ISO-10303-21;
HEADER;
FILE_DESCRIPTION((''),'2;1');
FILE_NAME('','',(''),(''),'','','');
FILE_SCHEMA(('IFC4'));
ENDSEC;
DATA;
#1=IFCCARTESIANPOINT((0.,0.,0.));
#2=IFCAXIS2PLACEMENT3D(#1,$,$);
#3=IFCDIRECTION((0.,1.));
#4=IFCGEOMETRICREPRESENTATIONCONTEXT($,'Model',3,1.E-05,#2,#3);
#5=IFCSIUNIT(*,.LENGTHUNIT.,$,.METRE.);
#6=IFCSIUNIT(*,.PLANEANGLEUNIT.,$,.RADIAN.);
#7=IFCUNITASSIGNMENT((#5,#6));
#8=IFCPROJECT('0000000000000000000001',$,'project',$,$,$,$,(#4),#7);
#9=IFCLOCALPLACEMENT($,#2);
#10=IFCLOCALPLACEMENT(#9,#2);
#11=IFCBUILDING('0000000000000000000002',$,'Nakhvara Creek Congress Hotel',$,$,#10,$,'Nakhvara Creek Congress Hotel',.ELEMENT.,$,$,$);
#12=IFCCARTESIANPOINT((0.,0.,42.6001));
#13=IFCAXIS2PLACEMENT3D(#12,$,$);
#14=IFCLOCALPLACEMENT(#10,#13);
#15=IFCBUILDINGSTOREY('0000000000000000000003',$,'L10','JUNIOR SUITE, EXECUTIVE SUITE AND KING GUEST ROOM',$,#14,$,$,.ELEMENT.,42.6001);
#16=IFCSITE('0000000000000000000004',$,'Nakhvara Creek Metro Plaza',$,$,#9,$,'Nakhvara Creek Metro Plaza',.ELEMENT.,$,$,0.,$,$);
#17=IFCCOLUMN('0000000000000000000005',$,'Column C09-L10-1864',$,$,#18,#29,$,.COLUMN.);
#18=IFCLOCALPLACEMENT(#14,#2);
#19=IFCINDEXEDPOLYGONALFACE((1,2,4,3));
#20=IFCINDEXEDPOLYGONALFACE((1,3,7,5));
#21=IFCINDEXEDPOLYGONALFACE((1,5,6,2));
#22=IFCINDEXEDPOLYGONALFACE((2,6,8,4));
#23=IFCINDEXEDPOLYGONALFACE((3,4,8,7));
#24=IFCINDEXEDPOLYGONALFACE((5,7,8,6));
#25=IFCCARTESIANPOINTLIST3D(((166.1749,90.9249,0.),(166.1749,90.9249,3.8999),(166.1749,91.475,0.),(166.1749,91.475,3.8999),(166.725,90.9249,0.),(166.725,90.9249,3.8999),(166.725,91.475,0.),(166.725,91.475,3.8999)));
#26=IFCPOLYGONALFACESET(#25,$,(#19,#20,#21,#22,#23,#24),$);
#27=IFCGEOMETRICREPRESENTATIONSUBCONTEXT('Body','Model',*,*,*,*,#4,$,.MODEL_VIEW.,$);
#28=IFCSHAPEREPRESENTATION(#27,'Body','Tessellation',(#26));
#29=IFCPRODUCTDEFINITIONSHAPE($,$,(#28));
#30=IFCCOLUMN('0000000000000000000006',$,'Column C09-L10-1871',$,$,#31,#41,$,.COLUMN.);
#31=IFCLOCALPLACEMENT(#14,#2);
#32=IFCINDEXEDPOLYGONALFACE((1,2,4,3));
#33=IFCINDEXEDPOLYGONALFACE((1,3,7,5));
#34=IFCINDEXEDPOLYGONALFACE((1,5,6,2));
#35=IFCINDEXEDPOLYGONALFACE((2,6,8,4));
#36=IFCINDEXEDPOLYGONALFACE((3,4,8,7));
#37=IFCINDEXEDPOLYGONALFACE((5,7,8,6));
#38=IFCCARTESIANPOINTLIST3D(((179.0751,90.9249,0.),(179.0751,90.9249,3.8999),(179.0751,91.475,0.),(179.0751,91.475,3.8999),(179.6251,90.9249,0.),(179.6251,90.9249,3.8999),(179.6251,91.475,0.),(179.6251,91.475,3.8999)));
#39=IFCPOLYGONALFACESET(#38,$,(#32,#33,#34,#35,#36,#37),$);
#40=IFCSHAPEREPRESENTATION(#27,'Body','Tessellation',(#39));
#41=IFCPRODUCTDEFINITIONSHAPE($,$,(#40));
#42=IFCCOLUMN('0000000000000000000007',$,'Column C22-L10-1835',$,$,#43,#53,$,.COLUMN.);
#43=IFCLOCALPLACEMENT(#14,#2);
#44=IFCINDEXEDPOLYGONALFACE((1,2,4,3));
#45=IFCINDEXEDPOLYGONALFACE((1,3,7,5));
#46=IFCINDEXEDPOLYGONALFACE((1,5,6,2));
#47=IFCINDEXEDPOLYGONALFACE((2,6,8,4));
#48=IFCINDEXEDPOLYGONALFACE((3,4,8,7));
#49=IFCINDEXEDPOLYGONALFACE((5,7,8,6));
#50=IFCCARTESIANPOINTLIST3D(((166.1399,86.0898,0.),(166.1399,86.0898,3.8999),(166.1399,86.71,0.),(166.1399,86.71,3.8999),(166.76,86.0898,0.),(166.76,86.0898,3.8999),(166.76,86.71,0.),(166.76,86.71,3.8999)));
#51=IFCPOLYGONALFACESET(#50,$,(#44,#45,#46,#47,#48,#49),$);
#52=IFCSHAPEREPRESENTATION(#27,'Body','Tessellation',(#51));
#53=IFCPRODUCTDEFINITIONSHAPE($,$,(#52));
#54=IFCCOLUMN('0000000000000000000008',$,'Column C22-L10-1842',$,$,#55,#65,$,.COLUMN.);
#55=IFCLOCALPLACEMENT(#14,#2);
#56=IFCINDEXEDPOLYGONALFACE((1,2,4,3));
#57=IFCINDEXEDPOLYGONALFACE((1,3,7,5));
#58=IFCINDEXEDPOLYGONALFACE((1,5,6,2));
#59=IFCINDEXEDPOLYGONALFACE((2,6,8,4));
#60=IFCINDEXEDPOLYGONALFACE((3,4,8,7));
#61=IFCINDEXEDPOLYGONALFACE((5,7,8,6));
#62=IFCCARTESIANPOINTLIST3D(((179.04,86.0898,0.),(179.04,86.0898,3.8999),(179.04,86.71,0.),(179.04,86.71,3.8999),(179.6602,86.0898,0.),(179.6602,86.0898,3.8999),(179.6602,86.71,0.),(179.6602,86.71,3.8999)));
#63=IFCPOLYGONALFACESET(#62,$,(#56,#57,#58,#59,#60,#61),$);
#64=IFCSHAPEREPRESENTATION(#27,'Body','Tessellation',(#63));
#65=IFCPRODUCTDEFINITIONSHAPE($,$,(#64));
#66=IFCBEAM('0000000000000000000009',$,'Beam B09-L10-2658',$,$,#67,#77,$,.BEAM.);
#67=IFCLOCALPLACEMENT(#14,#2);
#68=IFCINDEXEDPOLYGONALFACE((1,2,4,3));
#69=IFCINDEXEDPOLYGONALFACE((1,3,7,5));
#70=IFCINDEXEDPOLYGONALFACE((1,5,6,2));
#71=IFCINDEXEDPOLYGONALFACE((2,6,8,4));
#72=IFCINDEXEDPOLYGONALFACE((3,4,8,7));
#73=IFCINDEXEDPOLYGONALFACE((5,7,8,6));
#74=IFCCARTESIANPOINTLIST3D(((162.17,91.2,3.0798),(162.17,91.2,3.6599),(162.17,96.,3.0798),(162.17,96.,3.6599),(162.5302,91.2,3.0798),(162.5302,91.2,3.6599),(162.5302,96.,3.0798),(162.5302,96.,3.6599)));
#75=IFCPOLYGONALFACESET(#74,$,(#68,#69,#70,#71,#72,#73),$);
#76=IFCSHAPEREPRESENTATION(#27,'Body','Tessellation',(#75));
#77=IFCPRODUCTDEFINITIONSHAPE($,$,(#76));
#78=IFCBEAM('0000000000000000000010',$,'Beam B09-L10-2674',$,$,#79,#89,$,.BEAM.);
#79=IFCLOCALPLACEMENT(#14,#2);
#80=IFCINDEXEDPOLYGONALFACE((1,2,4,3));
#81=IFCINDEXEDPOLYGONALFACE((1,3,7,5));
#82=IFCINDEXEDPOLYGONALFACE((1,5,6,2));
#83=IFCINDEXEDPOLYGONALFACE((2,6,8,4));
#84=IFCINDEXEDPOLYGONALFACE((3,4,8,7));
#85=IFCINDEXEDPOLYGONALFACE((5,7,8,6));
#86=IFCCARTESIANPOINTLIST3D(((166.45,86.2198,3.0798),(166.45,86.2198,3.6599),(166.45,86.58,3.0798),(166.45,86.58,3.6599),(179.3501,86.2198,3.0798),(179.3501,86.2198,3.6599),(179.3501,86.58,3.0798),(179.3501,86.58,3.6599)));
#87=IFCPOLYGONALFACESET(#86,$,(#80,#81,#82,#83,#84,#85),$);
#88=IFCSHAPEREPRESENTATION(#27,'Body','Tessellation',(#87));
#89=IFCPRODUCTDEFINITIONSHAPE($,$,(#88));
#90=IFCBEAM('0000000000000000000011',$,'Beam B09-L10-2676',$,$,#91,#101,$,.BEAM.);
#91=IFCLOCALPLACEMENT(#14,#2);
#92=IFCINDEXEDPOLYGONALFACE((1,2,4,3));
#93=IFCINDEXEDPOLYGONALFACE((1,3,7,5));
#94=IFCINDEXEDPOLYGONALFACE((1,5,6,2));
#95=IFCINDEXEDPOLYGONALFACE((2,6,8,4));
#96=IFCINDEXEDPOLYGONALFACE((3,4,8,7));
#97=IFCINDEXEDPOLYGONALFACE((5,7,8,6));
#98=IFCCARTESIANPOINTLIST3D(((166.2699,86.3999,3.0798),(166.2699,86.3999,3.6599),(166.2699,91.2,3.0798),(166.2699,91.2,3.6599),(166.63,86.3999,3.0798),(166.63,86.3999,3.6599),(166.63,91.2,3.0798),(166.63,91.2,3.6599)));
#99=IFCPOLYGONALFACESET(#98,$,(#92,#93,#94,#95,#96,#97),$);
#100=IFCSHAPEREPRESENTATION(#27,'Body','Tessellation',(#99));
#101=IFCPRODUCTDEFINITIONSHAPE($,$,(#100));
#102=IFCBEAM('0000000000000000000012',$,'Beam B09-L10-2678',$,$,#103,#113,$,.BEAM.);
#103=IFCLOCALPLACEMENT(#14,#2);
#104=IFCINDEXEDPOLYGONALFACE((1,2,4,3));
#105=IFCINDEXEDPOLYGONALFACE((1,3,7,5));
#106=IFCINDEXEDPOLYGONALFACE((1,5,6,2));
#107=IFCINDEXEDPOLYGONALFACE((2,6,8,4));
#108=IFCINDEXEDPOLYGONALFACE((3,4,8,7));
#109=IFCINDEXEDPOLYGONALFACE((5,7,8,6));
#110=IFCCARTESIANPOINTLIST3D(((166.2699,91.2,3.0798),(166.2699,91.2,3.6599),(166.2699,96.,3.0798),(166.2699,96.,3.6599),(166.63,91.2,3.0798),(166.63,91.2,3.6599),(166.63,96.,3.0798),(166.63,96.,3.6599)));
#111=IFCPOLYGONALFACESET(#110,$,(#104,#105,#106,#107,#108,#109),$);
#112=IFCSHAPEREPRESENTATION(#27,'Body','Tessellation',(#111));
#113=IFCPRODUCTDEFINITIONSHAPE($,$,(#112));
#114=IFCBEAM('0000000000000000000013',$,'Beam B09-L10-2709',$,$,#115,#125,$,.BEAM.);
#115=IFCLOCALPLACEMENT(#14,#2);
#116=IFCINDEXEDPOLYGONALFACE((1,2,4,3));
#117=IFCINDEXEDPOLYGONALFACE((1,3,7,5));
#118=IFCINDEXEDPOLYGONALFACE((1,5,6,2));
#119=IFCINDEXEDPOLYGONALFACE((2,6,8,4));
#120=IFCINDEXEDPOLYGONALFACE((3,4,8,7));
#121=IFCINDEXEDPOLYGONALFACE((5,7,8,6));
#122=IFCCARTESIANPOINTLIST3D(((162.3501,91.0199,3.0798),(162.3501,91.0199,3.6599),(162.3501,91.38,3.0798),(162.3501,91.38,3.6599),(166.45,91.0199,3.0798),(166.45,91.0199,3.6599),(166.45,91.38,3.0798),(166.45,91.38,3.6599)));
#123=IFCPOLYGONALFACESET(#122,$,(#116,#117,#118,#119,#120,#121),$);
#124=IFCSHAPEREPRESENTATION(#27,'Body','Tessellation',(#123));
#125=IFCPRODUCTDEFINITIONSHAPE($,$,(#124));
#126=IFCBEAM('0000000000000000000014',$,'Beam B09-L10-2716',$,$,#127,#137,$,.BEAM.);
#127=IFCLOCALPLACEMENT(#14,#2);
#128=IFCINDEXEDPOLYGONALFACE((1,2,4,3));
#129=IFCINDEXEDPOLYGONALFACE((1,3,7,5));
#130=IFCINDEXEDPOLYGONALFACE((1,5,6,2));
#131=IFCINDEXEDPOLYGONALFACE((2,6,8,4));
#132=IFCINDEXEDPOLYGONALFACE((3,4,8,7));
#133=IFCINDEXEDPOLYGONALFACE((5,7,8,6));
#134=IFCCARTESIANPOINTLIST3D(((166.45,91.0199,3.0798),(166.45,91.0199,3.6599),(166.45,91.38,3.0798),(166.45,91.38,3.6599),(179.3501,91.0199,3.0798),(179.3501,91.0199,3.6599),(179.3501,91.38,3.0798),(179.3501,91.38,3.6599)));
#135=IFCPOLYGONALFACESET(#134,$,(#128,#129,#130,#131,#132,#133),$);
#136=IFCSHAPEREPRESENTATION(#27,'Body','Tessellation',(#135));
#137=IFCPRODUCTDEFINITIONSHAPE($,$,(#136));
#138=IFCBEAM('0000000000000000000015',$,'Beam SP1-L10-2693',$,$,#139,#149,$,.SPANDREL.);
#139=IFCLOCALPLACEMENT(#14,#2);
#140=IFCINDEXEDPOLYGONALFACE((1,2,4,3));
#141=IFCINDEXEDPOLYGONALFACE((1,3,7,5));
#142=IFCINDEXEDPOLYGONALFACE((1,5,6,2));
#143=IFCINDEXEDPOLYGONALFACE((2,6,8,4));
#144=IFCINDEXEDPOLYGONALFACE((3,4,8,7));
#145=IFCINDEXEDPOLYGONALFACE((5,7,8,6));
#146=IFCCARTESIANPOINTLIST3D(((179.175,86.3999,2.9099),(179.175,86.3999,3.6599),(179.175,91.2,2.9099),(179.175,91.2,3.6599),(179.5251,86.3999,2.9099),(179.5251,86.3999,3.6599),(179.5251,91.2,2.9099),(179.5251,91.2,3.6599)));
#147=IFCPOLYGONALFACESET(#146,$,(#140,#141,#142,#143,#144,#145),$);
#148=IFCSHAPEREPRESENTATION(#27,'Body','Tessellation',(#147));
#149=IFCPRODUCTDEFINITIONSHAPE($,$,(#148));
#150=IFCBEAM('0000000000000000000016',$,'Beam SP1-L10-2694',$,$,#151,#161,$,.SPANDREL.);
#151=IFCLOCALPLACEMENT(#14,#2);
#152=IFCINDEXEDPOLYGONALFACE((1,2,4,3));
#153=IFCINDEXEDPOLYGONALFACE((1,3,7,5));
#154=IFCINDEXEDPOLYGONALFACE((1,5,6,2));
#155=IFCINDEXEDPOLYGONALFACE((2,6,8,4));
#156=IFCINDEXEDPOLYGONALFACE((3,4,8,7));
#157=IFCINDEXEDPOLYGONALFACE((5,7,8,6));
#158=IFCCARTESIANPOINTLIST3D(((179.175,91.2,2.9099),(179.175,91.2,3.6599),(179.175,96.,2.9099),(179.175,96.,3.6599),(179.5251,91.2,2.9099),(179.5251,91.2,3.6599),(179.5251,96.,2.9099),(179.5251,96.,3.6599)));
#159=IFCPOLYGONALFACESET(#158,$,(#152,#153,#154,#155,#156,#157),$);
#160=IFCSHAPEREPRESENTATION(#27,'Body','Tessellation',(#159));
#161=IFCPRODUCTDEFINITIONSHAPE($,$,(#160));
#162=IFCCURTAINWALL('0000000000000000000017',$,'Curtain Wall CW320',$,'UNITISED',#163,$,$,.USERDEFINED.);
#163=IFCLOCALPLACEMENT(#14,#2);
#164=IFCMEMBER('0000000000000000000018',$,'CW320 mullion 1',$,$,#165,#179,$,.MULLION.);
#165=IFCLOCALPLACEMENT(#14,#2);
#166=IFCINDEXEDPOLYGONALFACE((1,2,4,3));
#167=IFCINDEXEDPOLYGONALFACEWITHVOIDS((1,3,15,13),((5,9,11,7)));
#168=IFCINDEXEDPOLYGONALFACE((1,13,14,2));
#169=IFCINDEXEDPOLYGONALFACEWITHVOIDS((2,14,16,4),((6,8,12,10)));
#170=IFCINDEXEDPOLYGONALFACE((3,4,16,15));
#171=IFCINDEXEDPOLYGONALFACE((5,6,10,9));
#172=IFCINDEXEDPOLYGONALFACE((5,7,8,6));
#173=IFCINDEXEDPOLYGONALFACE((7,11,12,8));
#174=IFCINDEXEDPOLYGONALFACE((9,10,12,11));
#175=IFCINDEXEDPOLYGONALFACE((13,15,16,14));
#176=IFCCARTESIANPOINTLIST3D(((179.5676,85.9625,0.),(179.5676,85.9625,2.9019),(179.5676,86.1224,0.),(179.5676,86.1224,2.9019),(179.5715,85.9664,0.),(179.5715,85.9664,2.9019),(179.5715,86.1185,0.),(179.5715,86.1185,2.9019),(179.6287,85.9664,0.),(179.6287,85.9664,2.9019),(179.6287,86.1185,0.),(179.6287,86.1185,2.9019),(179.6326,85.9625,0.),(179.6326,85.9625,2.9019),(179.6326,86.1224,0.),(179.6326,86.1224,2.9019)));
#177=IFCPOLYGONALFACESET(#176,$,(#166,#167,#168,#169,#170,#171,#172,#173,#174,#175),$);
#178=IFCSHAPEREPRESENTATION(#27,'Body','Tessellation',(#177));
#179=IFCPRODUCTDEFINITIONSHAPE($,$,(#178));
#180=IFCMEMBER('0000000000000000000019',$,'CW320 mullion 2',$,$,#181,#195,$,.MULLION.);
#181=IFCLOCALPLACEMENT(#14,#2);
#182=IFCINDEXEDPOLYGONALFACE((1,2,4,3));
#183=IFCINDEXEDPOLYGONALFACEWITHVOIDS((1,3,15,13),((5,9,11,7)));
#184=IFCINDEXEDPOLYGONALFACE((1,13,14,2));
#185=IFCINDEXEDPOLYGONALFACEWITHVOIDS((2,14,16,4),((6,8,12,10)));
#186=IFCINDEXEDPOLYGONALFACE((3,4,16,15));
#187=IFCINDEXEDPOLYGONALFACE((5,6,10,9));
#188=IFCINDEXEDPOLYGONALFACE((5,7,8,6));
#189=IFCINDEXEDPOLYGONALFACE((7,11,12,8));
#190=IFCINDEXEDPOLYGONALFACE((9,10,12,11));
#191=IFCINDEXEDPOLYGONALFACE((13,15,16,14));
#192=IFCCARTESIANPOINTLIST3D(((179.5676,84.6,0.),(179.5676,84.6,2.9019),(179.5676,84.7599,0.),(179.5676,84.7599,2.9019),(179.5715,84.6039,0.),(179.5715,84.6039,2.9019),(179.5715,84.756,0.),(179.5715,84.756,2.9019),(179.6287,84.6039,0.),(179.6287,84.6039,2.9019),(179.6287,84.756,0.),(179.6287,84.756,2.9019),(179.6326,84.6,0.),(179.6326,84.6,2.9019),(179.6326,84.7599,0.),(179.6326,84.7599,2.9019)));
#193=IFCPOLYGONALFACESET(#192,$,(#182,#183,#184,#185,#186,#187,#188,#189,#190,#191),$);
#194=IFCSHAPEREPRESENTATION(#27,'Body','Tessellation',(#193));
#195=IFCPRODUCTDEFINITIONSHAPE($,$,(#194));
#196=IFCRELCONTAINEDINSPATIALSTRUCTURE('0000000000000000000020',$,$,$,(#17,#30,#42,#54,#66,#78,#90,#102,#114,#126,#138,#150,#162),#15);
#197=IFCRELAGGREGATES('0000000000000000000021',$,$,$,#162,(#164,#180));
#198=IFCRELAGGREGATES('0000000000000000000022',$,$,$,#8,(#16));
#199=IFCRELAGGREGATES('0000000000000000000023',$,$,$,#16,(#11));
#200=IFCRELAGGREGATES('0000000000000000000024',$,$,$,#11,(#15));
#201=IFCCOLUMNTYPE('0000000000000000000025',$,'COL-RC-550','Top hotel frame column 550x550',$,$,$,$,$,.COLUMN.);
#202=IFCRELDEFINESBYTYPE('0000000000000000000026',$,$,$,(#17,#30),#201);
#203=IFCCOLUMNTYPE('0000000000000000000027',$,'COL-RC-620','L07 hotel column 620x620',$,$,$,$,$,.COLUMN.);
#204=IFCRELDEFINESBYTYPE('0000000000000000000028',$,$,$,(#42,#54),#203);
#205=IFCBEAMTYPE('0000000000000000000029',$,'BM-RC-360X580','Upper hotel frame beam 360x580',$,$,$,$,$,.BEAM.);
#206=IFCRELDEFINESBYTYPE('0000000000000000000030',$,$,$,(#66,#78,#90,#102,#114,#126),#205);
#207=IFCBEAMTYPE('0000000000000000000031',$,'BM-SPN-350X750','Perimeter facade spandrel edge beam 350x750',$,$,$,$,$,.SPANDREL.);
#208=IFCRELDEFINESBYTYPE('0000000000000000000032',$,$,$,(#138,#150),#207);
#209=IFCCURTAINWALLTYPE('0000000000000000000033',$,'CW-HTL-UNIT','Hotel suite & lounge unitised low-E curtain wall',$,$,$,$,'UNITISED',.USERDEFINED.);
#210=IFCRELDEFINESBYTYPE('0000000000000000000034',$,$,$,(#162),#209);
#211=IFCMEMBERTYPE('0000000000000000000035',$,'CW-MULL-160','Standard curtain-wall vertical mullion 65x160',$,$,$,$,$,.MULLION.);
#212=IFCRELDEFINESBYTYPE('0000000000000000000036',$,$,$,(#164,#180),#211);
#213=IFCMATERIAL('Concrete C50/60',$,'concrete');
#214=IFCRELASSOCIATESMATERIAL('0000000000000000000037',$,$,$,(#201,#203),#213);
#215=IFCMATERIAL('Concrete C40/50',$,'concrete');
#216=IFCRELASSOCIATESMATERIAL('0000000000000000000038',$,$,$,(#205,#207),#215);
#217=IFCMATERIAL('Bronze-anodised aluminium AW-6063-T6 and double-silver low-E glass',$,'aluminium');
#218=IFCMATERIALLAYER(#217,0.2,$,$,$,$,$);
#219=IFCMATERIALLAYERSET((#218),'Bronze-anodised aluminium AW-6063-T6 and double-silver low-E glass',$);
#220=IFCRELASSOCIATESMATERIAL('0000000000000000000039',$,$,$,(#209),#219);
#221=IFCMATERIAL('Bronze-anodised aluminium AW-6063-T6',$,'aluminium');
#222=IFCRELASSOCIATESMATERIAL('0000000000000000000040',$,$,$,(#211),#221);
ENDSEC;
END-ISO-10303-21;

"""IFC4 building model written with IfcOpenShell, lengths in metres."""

from ifc_helpers import new_model, si_unit, direction, frame, origin, origin_2d, place, context, subcontext, project, spatial, rectangle, hollow_rectangle, extrude, material, layer, layer_set, material_profile, profile_set, type_object, element, aggregate, save


model = new_model("IFC4")

# Units and contexts
model_context = context("Model", 3, precision=1e-05, world=origin(), true_north=direction((0.0, 1.0)))
body_context = subcontext(model_context, "Body", "Model", "MODEL_VIEW")
ifc_project = project(units=[si_unit("LENGTHUNIT", "METRE"), si_unit("PLANEANGLEUNIT", "RADIAN")], contexts=[model_context])

# Site, building, storey
site_placement = place(None, origin())
site = spatial("IfcSite", under=ifc_project, at=site_placement, Name="Nakhvara Creek Metro Plaza", LongName="Nakhvara Creek Metro Plaza", CompositionType="ELEMENT", RefElevation=0.0)
building_placement = place(site_placement, origin())
building = spatial("IfcBuilding", under=site, at=building_placement, Name="Nakhvara Creek Congress Hotel", LongName="Nakhvara Creek Congress Hotel", CompositionType="ELEMENT")
storey_placement = place(building_placement, frame((0.0, 0.0, 42.6001)))
storey = spatial("IfcBuildingStorey", under=building, at=storey_placement, Name="L10", Description="JUNIOR SUITE, EXECUTIVE SUITE AND KING GUEST ROOM", CompositionType="ELEMENT", Elevation=42.6001)

# Columns
ifc_material_1 = material(Name="Concrete C50/60", Category="concrete")
ifc_material_profile_1 = material_profile(ifc_material_1, rectangle(XDim=0.55, YDim=0.55, at=origin_2d()), Name="RC-COL 550x550", Category="LoadBearing")
ifc_profile_set_1 = profile_set([ifc_material_profile_1], Name="Concrete C50/60")
column_type_1 = type_object("IfcColumnType", Name="COL-RC-550", Description="Top hotel frame column 550x550", PredefinedType="COLUMN", material=ifc_profile_set_1)
for number, where, z_axis, x_axis, name in (
    (1, (166.45, 91.2, 0.0), (0.0, 0.0, 1.0), (1.0, 0.0, 0.0), "Column C09-L10-1864"),
    (2, (179.3501, 91.2, 0.0), (0.0, 0.0, 1.0), (1.0, 0.0, 0.0), "Column C09-L10-1871"),
):
    element("IfcColumn", number, at=place(storey_placement, frame(where, z_axis=z_axis, x_axis=x_axis)), inside=storey, type_object=column_type_1, Name=name, PredefinedType="COLUMN", context=body_context, shape_type="SweptSolid", body=[
        extrude(rectangle(XDim=0.55, YDim=0.55, at=origin_2d()), origin(), (0.0, 0.0, 1.0), 3.8999),
    ])
ifc_material_profile_2 = material_profile(ifc_material_1, rectangle(XDim=0.6201, YDim=0.6201, at=origin_2d()), Name="RC-COL 620x620", Category="LoadBearing")
ifc_profile_set_2 = profile_set([ifc_material_profile_2], Name="Concrete C50/60")
column_type_2 = type_object("IfcColumnType", Name="COL-RC-620", Description="L07 hotel column 620x620", PredefinedType="COLUMN", material=ifc_profile_set_2)
for number, where, z_axis, x_axis, name in (
    (3, (166.45, 86.3999, 0.0), (0.0, 0.0, 1.0), (1.0, 0.0, 0.0), "Column C22-L10-1835"),
    (4, (179.3501, 86.3999, 0.0), (0.0, 0.0, 1.0), (1.0, 0.0, 0.0), "Column C22-L10-1842"),
):
    element("IfcColumn", number, at=place(storey_placement, frame(where, z_axis=z_axis, x_axis=x_axis)), inside=storey, type_object=column_type_2, Name=name, PredefinedType="COLUMN", context=body_context, shape_type="SweptSolid", body=[
        extrude(rectangle(XDim=0.6201, YDim=0.6201, at=origin_2d()), origin(), (0.0, 0.0, 1.0), 3.8999),
    ])

# Beams
ifc_material_2 = material(Name="Concrete C40/50", Category="concrete")
ifc_material_profile_3 = material_profile(ifc_material_2, rectangle(XDim=0.3601, YDim=0.5801, at=origin_2d()), Name="RC-BM 360x580", Category="LoadBearing")
ifc_profile_set_3 = profile_set([ifc_material_profile_3], Name="Concrete C40/50")
beam_type_1 = type_object("IfcBeamType", Name="BM-RC-360X580", Description="Upper hotel frame beam 360x580", PredefinedType="BEAM", material=ifc_profile_set_3)
beam_1_placement = place(storey_placement, frame((162.3501, 91.2, 3.3699), z_axis=(0.0, 1.0, 0.0), x_axis=(-1.0, 0.0, 0.0)))
element("IfcBeam", 5, at=beam_1_placement, inside=storey, type_object=beam_type_1, Name="Beam B09-L10-2658", PredefinedType="BEAM", context=body_context, shape_type="SweptSolid", body=[
    extrude(rectangle(XDim=0.3601, YDim=0.5801, at=origin_2d()), origin(), (0.0, 0.0, 1.0), 4.8),
])
beam_2_placement = place(storey_placement, frame((166.45, 86.3999, 3.3699), z_axis=(1.0, 0.0, 0.0), x_axis=(0.0, 1.0, 0.0)))
element("IfcBeam", 6, at=beam_2_placement, inside=storey, type_object=beam_type_1, Name="Beam B09-L10-2674", PredefinedType="BEAM", context=body_context, shape_type="SweptSolid", body=[
    extrude(rectangle(XDim=0.3601, YDim=0.5801, at=origin_2d()), origin(), (0.0, 0.0, 1.0), 12.9001),
])
for number, where, z_axis, x_axis, name in (
    (7, (166.45, 86.3999, 3.3699), (0.0, 1.0, 0.0), (-1.0, 0.0, 0.0), "Beam B09-L10-2676"),
    (8, (166.45, 91.2, 3.3699), (0.0, 1.0, 0.0), (-1.0, 0.0, 0.0), "Beam B09-L10-2678"),
):
    element("IfcBeam", number, at=place(storey_placement, frame(where, z_axis=z_axis, x_axis=x_axis)), inside=storey, type_object=beam_type_1, Name=name, PredefinedType="BEAM", context=body_context, shape_type="SweptSolid", body=[
        extrude(rectangle(XDim=0.3601, YDim=0.5801, at=origin_2d()), origin(), (0.0, 0.0, 1.0), 4.8),
    ])
beam_3_placement = place(storey_placement, frame((162.3501, 91.2, 3.3699), z_axis=(1.0, 0.0, 0.0), x_axis=(0.0, 1.0, 0.0)))
element("IfcBeam", 9, at=beam_3_placement, inside=storey, type_object=beam_type_1, Name="Beam B09-L10-2709", PredefinedType="BEAM", context=body_context, shape_type="SweptSolid", body=[
    extrude(rectangle(XDim=0.3601, YDim=0.5801, at=origin_2d()), origin(), (0.0, 0.0, 1.0), 4.0999),
])
beam_4_placement = place(storey_placement, frame((166.45, 91.2, 3.3699), z_axis=(1.0, 0.0, 0.0), x_axis=(0.0, 1.0, 0.0)))
element("IfcBeam", 10, at=beam_4_placement, inside=storey, type_object=beam_type_1, Name="Beam B09-L10-2716", PredefinedType="BEAM", context=body_context, shape_type="SweptSolid", body=[
    extrude(rectangle(XDim=0.3601, YDim=0.5801, at=origin_2d()), origin(), (0.0, 0.0, 1.0), 12.9001),
])
ifc_material_profile_4 = material_profile(ifc_material_2, rectangle(XDim=0.3501, YDim=0.75, at=origin_2d()), Name="RC-SPANDREL 350x750", Category="LoadBearing")
ifc_profile_set_4 = profile_set([ifc_material_profile_4], Name="Concrete C40/50")
beam_type_2 = type_object("IfcBeamType", Name="BM-SPN-350X750", Description="Perimeter facade spandrel edge beam 350x750", PredefinedType="SPANDREL", material=ifc_profile_set_4)
for number, where, z_axis, x_axis, name in (
    (11, (179.3501, 86.3999, 3.2849), (0.0, 1.0, 0.0), (-1.0, 0.0, 0.0), "Beam SP1-L10-2693"),
    (12, (179.3501, 91.2, 3.2849), (0.0, 1.0, 0.0), (-1.0, 0.0, 0.0), "Beam SP1-L10-2694"),
):
    element("IfcBeam", number, at=place(storey_placement, frame(where, z_axis=z_axis, x_axis=x_axis)), inside=storey, type_object=beam_type_2, Name=name, PredefinedType="SPANDREL", context=body_context, shape_type="SweptSolid", body=[
        extrude(rectangle(XDim=0.3501, YDim=0.75, at=origin_2d()), origin(), (0.0, 0.0, 1.0), 4.8),
    ])

# Curtain wall, members
ifc_material_3 = material(Name="Bronze-anodised aluminium AW-6063-T6 and double-silver low-E glass", Category="aluminium")
ifc_layer_1 = layer(ifc_material_3, 0.2)
ifc_layer_set_1 = layer_set([ifc_layer_1], Name="Bronze-anodised aluminium AW-6063-T6 and double-silver low-E glass")
curtain_wall_type = type_object("IfcCurtainWallType", Name="CW-HTL-UNIT", Description="Hotel suite & lounge unitised low-E curtain wall", ElementType="UNITISED", PredefinedType="USERDEFINED", material=ifc_layer_set_1)
curtain_wall_1_placement = place(storey_placement, origin())
curtain_wall_1 = element("IfcCurtainWall", 13, at=curtain_wall_1_placement, inside=storey, type_object=curtain_wall_type, Name="Curtain Wall CW320", ObjectType="UNITISED", PredefinedType="USERDEFINED")
ifc_material_4 = material(Name="Bronze-anodised aluminium AW-6063-T6", Category="aluminium")
ifc_material_profile_5 = material_profile(ifc_material_4, hollow_rectangle(XDim=0.0649, YDim=0.1599, WallThickness=0.0039, at=origin_2d()), Name="ALU-MULL 65x160x4", Category="LoadBearing")
ifc_profile_set_5 = profile_set([ifc_material_profile_5], Name="Bronze-anodised aluminium AW-6063-T6")
member_type_1 = type_object("IfcMemberType", Name="CW-MULL-160", Description="Standard curtain-wall vertical mullion 65x160", PredefinedType="MULLION", material=ifc_profile_set_5)
member_1_placement = place(storey_placement, frame((179.6001, 86.0425, 0.0), z_axis=(0.0, 0.0, 1.0), x_axis=(1.0, 0.0, 0.0)))
member_1 = element("IfcMember", 14, at=member_1_placement, type_object=member_type_1, Name="CW320 mullion 1", PredefinedType="MULLION", context=body_context, shape_type="SweptSolid", body=[
    extrude(hollow_rectangle(XDim=0.0649, YDim=0.1599, WallThickness=0.0039, at=origin_2d()), origin(), (0.0, 0.0, 1.0), 2.9019),
])
member_2_placement = place(storey_placement, frame((179.6001, 84.6799, 0.0), z_axis=(0.0, 0.0, 1.0), x_axis=(1.0, 0.0, 0.0)))
member_2 = element("IfcMember", 15, at=member_2_placement, type_object=member_type_1, Name="CW320 mullion 2", PredefinedType="MULLION", context=body_context, shape_type="SweptSolid", body=[
    extrude(hollow_rectangle(XDim=0.0649, YDim=0.1599, WallThickness=0.0039, at=origin_2d()), origin(), (0.0, 0.0, 1.0), 2.9019),
])

aggregate(curtain_wall_1, [member_1, member_2])

save(model, "model.ifc")
